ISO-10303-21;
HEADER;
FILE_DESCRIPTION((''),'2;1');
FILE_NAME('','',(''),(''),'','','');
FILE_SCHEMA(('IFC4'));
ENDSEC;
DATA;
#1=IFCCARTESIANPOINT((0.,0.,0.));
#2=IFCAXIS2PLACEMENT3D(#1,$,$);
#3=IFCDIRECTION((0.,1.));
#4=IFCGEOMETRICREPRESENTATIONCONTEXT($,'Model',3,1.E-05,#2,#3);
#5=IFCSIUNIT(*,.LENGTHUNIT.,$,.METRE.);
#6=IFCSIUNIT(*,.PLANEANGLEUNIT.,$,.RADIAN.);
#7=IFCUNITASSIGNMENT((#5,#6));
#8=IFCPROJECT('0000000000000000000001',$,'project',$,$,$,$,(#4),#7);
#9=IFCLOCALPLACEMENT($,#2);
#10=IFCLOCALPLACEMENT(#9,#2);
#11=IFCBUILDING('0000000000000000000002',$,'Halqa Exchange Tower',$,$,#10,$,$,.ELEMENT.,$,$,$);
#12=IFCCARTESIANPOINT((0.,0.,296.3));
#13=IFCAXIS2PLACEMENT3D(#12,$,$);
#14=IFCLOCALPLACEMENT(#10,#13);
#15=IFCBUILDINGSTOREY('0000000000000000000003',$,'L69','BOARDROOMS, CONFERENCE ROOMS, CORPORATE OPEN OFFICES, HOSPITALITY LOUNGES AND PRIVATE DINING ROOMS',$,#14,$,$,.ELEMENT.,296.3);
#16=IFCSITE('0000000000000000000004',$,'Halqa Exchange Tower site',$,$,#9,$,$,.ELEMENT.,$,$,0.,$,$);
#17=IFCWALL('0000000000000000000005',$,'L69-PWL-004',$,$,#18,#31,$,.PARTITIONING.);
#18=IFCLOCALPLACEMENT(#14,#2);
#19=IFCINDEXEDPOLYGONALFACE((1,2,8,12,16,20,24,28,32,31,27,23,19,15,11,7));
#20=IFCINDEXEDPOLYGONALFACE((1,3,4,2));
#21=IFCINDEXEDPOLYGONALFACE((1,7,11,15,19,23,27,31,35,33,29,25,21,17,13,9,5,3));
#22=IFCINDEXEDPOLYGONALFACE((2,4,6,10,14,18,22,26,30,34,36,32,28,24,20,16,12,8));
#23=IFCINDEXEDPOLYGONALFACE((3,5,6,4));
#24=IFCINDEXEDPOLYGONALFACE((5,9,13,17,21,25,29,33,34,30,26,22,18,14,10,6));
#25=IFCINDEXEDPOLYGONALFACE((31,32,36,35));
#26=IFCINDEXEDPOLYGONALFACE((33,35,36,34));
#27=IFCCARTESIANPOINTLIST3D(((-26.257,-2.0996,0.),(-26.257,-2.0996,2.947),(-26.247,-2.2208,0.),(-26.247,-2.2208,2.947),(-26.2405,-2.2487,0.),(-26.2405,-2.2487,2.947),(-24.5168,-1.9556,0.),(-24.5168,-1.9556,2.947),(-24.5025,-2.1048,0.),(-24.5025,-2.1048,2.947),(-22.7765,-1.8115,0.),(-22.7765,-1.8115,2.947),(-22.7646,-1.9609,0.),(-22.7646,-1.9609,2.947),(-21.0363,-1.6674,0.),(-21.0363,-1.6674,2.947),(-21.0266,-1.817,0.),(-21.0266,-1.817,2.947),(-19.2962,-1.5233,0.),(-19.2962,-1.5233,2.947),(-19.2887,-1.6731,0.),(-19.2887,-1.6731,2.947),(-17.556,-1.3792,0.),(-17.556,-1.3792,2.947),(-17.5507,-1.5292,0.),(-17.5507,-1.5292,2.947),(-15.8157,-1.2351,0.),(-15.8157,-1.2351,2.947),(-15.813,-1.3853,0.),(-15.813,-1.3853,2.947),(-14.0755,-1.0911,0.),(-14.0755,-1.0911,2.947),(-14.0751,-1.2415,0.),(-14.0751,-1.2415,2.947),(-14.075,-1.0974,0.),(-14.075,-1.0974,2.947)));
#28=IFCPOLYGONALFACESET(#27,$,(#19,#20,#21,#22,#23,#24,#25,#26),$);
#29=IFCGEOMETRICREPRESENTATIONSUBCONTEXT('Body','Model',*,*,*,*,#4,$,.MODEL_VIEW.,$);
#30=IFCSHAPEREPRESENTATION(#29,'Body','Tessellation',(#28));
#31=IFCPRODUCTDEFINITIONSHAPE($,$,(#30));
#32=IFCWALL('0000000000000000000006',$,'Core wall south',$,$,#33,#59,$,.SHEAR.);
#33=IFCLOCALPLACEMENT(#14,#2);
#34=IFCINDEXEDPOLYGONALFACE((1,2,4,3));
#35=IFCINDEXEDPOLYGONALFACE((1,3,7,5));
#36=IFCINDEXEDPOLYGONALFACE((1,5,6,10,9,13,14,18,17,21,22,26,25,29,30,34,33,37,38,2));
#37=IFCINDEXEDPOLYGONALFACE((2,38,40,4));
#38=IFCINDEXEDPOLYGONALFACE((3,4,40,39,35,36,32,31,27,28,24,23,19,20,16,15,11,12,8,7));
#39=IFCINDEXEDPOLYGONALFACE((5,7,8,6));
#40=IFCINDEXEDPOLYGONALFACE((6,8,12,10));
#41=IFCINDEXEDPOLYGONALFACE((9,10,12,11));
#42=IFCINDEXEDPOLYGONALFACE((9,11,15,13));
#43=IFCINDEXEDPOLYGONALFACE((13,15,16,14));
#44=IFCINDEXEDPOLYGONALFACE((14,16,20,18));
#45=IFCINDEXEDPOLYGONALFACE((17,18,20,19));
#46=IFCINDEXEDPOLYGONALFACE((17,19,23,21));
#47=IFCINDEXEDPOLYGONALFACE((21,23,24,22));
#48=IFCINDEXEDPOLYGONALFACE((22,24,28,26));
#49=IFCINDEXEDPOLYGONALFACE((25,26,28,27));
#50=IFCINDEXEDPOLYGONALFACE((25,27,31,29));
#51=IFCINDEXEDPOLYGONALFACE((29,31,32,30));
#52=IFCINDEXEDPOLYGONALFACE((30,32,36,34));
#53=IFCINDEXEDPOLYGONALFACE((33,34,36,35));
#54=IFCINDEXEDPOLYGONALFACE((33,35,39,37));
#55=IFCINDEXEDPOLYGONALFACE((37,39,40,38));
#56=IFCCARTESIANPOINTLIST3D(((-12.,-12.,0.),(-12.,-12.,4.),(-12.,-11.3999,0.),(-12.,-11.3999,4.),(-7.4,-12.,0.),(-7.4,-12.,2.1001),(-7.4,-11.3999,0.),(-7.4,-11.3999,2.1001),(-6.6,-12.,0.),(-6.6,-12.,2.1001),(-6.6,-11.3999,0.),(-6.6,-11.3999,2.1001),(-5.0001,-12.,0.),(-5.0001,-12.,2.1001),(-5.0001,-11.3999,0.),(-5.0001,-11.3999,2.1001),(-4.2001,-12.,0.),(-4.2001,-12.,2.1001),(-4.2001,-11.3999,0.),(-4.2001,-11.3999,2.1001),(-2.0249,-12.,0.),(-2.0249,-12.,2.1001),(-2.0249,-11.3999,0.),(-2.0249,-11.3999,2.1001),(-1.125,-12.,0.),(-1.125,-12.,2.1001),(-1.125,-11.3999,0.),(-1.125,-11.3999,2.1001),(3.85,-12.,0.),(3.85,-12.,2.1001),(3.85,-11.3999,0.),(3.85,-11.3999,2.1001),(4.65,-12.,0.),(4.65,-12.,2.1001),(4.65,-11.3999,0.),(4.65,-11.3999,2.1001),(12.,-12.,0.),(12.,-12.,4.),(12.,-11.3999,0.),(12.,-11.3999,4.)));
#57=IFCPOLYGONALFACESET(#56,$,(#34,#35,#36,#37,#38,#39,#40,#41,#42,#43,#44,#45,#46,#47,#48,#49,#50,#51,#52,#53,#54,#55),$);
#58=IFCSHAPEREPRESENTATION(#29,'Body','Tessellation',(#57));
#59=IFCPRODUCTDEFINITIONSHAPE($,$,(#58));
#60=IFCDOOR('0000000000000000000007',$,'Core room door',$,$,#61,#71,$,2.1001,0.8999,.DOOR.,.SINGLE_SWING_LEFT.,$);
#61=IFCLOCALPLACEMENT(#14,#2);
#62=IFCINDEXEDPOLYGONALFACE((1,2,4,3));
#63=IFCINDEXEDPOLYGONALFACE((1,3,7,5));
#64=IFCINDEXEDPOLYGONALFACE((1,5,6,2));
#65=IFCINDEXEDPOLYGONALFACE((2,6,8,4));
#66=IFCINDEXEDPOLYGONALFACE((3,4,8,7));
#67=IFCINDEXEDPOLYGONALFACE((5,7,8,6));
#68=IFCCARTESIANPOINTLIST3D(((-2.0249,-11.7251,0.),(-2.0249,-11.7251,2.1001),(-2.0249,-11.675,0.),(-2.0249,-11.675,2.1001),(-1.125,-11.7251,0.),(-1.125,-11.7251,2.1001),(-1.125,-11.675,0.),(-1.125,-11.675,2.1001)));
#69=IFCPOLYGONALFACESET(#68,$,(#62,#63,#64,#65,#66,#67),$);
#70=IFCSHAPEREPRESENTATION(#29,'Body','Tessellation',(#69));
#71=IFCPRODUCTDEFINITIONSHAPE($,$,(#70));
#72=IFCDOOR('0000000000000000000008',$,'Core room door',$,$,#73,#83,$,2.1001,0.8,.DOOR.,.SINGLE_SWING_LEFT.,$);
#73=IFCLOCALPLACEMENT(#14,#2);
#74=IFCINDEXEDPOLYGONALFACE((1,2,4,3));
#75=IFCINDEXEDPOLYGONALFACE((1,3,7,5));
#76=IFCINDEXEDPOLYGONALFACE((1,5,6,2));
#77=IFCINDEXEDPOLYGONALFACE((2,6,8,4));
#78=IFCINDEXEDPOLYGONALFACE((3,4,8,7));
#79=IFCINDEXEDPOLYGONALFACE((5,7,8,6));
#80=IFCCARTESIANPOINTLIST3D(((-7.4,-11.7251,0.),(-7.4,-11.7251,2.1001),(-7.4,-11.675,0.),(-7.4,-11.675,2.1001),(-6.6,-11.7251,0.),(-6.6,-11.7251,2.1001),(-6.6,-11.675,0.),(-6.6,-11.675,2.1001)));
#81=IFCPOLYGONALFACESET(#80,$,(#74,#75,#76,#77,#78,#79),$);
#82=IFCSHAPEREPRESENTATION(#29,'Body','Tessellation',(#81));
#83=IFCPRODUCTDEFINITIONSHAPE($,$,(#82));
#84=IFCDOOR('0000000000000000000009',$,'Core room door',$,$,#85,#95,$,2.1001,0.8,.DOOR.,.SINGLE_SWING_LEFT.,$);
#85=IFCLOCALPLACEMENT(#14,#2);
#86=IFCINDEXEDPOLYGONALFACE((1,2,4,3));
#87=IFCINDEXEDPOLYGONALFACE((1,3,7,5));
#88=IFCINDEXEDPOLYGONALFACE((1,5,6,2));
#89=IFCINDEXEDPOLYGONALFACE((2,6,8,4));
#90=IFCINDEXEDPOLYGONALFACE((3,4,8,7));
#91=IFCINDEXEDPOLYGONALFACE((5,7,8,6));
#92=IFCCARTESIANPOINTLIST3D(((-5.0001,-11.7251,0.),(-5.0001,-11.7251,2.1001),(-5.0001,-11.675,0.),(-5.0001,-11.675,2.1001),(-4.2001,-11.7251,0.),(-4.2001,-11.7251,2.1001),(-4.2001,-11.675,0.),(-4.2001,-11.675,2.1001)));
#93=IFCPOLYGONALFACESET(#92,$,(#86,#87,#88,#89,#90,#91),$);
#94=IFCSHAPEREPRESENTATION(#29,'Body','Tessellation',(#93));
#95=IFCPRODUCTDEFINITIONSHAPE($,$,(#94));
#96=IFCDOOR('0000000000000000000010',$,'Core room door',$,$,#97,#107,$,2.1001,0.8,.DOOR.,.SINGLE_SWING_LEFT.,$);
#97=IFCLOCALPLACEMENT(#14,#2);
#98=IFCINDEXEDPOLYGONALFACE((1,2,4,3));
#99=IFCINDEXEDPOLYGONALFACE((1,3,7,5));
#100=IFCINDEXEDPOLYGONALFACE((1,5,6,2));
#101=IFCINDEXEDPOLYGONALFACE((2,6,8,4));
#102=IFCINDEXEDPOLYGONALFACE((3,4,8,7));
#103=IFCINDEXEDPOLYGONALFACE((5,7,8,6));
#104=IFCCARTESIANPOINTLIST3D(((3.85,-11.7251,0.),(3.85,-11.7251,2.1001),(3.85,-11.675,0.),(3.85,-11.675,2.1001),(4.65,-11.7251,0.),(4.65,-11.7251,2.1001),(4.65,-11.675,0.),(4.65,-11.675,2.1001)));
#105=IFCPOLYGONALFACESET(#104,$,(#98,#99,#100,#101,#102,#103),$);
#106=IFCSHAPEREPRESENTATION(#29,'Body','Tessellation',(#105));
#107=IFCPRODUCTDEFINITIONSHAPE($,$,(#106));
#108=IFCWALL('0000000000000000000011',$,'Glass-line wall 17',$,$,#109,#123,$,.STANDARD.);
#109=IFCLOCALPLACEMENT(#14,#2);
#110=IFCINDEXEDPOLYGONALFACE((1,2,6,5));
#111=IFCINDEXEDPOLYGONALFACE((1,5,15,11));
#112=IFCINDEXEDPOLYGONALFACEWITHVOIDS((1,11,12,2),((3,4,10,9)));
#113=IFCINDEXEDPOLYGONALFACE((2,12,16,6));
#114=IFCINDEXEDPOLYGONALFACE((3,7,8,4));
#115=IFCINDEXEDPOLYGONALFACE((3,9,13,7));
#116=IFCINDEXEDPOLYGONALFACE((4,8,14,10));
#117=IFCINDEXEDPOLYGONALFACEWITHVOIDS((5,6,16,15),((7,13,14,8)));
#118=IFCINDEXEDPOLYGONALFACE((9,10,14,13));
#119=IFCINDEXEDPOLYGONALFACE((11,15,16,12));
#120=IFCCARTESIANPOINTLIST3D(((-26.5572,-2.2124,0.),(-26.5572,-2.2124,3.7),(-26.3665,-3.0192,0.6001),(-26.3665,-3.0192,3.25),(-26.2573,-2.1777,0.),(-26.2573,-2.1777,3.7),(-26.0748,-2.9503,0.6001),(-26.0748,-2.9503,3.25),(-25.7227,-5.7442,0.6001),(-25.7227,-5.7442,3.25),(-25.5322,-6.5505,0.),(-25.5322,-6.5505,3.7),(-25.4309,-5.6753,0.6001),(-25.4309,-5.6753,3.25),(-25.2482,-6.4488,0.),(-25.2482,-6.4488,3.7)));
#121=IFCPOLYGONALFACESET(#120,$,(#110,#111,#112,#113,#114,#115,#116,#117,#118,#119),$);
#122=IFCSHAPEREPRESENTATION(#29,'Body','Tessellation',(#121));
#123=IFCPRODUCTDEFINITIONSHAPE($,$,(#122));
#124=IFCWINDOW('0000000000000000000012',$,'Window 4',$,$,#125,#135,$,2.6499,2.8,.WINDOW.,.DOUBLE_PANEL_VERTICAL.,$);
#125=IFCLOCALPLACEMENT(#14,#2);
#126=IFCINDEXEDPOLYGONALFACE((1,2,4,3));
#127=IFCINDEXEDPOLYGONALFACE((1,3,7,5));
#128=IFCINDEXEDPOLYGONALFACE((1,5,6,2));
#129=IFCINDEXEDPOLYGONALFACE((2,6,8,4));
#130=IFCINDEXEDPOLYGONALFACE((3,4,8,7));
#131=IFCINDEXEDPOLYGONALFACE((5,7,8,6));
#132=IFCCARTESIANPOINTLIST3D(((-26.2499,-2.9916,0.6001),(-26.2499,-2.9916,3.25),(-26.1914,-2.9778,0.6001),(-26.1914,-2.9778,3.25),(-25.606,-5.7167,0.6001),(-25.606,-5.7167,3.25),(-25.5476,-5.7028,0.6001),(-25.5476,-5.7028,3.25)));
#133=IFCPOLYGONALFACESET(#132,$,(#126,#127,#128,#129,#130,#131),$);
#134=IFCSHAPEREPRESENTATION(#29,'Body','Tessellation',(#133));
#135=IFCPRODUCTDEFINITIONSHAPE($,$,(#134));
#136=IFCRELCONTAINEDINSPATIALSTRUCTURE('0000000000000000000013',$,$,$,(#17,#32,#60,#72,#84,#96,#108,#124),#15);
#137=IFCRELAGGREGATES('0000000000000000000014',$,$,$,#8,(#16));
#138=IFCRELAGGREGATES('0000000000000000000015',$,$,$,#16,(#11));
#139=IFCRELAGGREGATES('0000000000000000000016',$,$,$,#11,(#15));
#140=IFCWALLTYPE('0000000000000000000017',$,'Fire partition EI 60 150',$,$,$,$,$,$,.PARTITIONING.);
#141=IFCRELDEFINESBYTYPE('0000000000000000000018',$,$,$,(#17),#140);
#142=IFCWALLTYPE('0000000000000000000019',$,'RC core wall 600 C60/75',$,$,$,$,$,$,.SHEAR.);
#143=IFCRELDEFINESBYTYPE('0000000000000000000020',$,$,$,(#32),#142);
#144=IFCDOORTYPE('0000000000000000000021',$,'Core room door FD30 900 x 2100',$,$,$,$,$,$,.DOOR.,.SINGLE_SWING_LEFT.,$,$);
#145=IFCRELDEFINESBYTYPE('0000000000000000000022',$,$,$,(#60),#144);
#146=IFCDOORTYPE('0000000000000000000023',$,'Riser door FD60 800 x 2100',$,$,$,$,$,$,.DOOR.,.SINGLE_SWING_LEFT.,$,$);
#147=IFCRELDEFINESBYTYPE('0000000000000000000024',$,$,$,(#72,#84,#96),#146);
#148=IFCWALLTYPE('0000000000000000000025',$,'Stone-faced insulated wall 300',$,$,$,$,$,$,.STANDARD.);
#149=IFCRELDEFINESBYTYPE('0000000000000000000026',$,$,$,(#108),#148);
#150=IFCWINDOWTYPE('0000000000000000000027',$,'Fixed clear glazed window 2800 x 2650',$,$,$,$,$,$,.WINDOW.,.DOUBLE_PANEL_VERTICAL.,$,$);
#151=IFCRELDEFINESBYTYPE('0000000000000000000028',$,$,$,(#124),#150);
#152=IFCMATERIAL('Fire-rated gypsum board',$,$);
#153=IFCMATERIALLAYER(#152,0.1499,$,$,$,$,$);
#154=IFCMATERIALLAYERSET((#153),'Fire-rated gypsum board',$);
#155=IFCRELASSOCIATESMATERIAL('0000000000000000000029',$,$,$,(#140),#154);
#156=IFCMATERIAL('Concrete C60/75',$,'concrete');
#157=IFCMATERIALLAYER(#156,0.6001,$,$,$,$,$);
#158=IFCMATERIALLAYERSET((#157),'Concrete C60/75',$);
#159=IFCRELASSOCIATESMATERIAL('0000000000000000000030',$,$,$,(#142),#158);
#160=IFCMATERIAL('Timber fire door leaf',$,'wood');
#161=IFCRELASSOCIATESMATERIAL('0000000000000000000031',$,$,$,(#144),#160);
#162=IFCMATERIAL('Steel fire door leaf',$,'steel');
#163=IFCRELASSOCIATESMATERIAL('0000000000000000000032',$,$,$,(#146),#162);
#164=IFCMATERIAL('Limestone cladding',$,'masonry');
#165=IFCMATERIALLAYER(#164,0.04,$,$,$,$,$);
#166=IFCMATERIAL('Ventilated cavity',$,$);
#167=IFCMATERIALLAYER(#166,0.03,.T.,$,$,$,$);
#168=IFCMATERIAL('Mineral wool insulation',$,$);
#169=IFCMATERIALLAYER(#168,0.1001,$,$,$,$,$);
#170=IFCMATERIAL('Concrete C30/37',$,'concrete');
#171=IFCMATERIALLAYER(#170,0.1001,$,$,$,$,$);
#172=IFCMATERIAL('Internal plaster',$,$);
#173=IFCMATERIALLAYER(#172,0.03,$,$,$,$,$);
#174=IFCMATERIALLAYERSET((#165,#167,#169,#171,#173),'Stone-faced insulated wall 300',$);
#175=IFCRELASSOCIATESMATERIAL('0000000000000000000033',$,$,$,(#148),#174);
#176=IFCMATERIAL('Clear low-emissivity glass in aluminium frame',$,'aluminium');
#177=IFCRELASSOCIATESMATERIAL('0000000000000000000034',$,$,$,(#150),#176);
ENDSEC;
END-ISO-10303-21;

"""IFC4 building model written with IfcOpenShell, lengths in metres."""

from ifc_helpers import new_model, si_unit, direction, frame, frame_2d, origin, place, context, subcontext, project, spatial, polyline, rectangle, outline, extrude, material, layer, layer_set, type_object, element, fill, save


model = new_model("IFC4")

# Units and contexts
model_context = context("Model", 3, precision=1e-05, world=origin(), true_north=direction((0.0, 1.0)))
body_context = subcontext(model_context, "Body", "Model", "MODEL_VIEW")
ifc_project = project(units=[si_unit("LENGTHUNIT", "METRE"), si_unit("PLANEANGLEUNIT", "RADIAN")], contexts=[model_context])

# Site, building, storey
site_placement = place(None, origin())
site = spatial("IfcSite", under=ifc_project, at=site_placement, Name="Halqa Exchange Tower site", CompositionType="ELEMENT", RefElevation=0.0)
building_placement = place(site_placement, origin())
building = spatial("IfcBuilding", under=site, at=building_placement, Name="Halqa Exchange Tower", CompositionType="ELEMENT")
storey_placement = place(building_placement, frame((0.0, 0.0, 296.3)))
storey = spatial("IfcBuildingStorey", under=building, at=storey_placement, Name="L69", Description="BOARDROOMS, CONFERENCE ROOMS, CORPORATE OPEN OFFICES, HOSPITALITY LOUNGES AND PRIVATE DINING ROOMS", CompositionType="ELEMENT", Elevation=296.3)

# Shared definitions
ifc_material_1 = material(Name="Concrete C60/75", Category="concrete")

# Wall
ifc_material_2 = material(Name="Fire-rated gypsum board")
ifc_layer_1 = layer(ifc_material_2, 0.1499)
ifc_layer_set_1 = layer_set([ifc_layer_1], Name="Fire-rated gypsum board")
wall_type_1 = type_object("IfcWallType", Name="Fire partition EI 60 150", PredefinedType="PARTITIONING", material=ifc_layer_set_1)
wall_1_placement = place(storey_placement, frame((-14.0693, -1.1658, 0.0), z_axis=(0.0, 0.0, 1.0), x_axis=(-0.99659, -0.082512, 0.0)))
element("IfcWall", 1, at=wall_1_placement, inside=storey, type_object=wall_type_1, Name="L69-PWL-004", PredefinedType="PARTITIONING", context=body_context, shape_type="SweptSolid", body=[
    extrude(outline(polyline([(12.2231, -0.075), (12.2231, 0.0466), (12.219, 0.075), (10.4751, 0.075), (8.7312, 0.075), (6.9873, 0.075), (5.2434, 0.075), (3.4995, 0.075), (1.7559, 0.075), (0.012, 0.075), (0.0, -0.0686), (0.0, -0.075), (1.7461, -0.075), (3.4924, -0.075), (5.2385, -0.075), (6.9846, -0.075), (8.7307, -0.075), (10.4771, -0.075), (12.2231, -0.075)])), origin(), (0.0, 0.0, 1.0), 2.947),
])

# Wall, openings, doors
ifc_layer_2 = layer(ifc_material_1, 0.6001)
ifc_layer_set_2 = layer_set([ifc_layer_2], Name="Concrete C60/75")
wall_type_2 = type_object("IfcWallType", Name="RC core wall 600 C60/75", PredefinedType="SHEAR", material=ifc_layer_set_2)
wall_2_placement = place(storey_placement, frame((-12.0, -11.7, 0.0), z_axis=(0.0, 0.0, 1.0), x_axis=(1.0, 0.0, 0.0)))
wall_2 = element("IfcWall", 2, at=wall_2_placement, inside=storey, type_object=wall_type_2, Name="Core wall south", PredefinedType="SHEAR", context=body_context, shape_type="SweptSolid", body=[
    extrude(rectangle(XDim=24.0, YDim=0.6001, at=frame_2d((12.0, 0.0))), origin(), (0.0, 0.0, 1.0), 4.0),
])
opening_1_placement = place(wall_2_placement, frame((9.9751, 0.0, 0.0)))
opening_1 = element("IfcOpeningElement", 3, at=opening_1_placement, cuts=wall_2, PredefinedType="OPENING", context=body_context, shape_type="SweptSolid", body=[
    extrude(rectangle(XDim=0.8999, YDim=2.1001, at=frame_2d((0.45, 1.05))), frame((0.0, 0.312, 0.0), z_axis=(0.0, -1.0, 0.0), x_axis=(1.0, 0.0, 0.0)), (0.0, 0.0, 1.0), 0.624),
])
opening_2_placement = place(wall_2_placement, frame((4.6001, 0.0, 0.0)))
opening_2 = element("IfcOpeningElement", 4, at=opening_2_placement, cuts=wall_2, PredefinedType="OPENING", context=body_context, shape_type="SweptSolid", body=[
    extrude(rectangle(XDim=0.8, YDim=2.1001, at=frame_2d((0.3999, 1.05))), frame((0.0, 0.312, 0.0), z_axis=(0.0, -1.0, 0.0), x_axis=(1.0, 0.0, 0.0)), (0.0, 0.0, 1.0), 0.624),
])
opening_3_placement = place(wall_2_placement, frame((7.0, 0.0, 0.0)))
opening_3 = element("IfcOpeningElement", 5, at=opening_3_placement, cuts=wall_2, PredefinedType="OPENING", context=body_context, shape_type="SweptSolid", body=[
    extrude(rectangle(XDim=0.8, YDim=2.1001, at=frame_2d((0.3999, 1.05))), frame((0.0, 0.312, 0.0), z_axis=(0.0, -1.0, 0.0), x_axis=(1.0, 0.0, 0.0)), (0.0, 0.0, 1.0), 0.624),
])
opening_4_placement = place(wall_2_placement, frame((15.8501, 0.0, 0.0)))
opening_4 = element("IfcOpeningElement", 6, at=opening_4_placement, cuts=wall_2, PredefinedType="OPENING", context=body_context, shape_type="SweptSolid", body=[
    extrude(rectangle(XDim=0.8, YDim=2.1001, at=frame_2d((0.3999, 1.05))), frame((0.0, 0.312, 0.0), z_axis=(0.0, -1.0, 0.0), x_axis=(1.0, 0.0, 0.0)), (0.0, 0.0, 1.0), 0.624),
])
ifc_material_3 = material(Name="Timber fire door leaf", Category="wood")
door_type_1 = type_object("IfcDoorType", Name="Core room door FD30 900 x 2100", OperationType="SINGLE_SWING_LEFT", PredefinedType="DOOR", material=ifc_material_3)
door_1_placement = place(opening_1_placement, origin())
door_1 = element("IfcDoor", 7, at=door_1_placement, inside=storey, type_object=door_type_1, Name="Core room door", OperationType="SINGLE_SWING_LEFT", OverallHeight=2.1001, OverallWidth=0.8999, PredefinedType="DOOR", context=body_context, shape_type="SweptSolid", body=[
    extrude(rectangle(XDim=0.8999, YDim=2.1001, at=frame_2d((0.45, 1.05))), frame((0.0, 0.0249, 0.0), z_axis=(0.0, -1.0, 0.0), x_axis=(1.0, 0.0, 0.0)), (0.0, 0.0, 1.0), 0.05),
])
fill(opening_1, door_1)
ifc_material_4 = material(Name="Steel fire door leaf", Category="steel")
door_type_2 = type_object("IfcDoorType", Name="Riser door FD60 800 x 2100", OperationType="SINGLE_SWING_LEFT", PredefinedType="DOOR", material=ifc_material_4)
door_2_placement = place(opening_2_placement, origin())
door_2 = element("IfcDoor", 8, at=door_2_placement, inside=storey, type_object=door_type_2, Name="Core room door", OperationType="SINGLE_SWING_LEFT", OverallHeight=2.1001, OverallWidth=0.8, PredefinedType="DOOR", context=body_context, shape_type="SweptSolid", body=[
    extrude(rectangle(XDim=0.8, YDim=2.1001, at=frame_2d((0.3999, 1.05))), frame((0.0, 0.0249, 0.0), z_axis=(0.0, -1.0, 0.0), x_axis=(1.0, 0.0, 0.0)), (0.0, 0.0, 1.0), 0.05),
])
fill(opening_2, door_2)
door_3_placement = place(opening_3_placement, origin())
door_3 = element("IfcDoor", 9, at=door_3_placement, inside=storey, type_object=door_type_2, Name="Core room door", OperationType="SINGLE_SWING_LEFT", OverallHeight=2.1001, OverallWidth=0.8, PredefinedType="DOOR", context=body_context, shape_type="SweptSolid", body=[
    extrude(rectangle(XDim=0.8, YDim=2.1001, at=frame_2d((0.3999, 1.05))), frame((0.0, 0.0249, 0.0), z_axis=(0.0, -1.0, 0.0), x_axis=(1.0, 0.0, 0.0)), (0.0, 0.0, 1.0), 0.05),
])
fill(opening_3, door_3)
door_4_placement = place(opening_4_placement, origin())
door_4 = element("IfcDoor", 10, at=door_4_placement, inside=storey, type_object=door_type_2, Name="Core room door", OperationType="SINGLE_SWING_LEFT", OverallHeight=2.1001, OverallWidth=0.8, PredefinedType="DOOR", context=body_context, shape_type="SweptSolid", body=[
    extrude(rectangle(XDim=0.8, YDim=2.1001, at=frame_2d((0.3999, 1.05))), frame((0.0, 0.0249, 0.0), z_axis=(0.0, -1.0, 0.0), x_axis=(1.0, 0.0, 0.0)), (0.0, 0.0, 1.0), 0.05),
])
fill(opening_4, door_4)

# Wall, opening, window
ifc_material_5 = material(Name="Limestone cladding", Category="masonry")
ifc_layer_3 = layer(ifc_material_5, 0.04)
ifc_material_6 = material(Name="Ventilated cavity")
ifc_layer_4 = layer(ifc_material_6, 0.03, ventilated=True)
ifc_material_7 = material(Name="Mineral wool insulation")
ifc_layer_5 = layer(ifc_material_7, 0.1001)
ifc_material_8 = material(Name="Concrete C30/37", Category="concrete")
ifc_layer_6 = layer(ifc_material_8, 0.1001)
ifc_material_9 = material(Name="Internal plaster")
ifc_layer_7 = layer(ifc_material_9, 0.03)
ifc_layer_set_3 = layer_set([ifc_layer_3, ifc_layer_4, ifc_layer_5, ifc_layer_6, ifc_layer_7], Name="Stone-faced insulated wall 300")
wall_type_3 = type_object("IfcWallType", Name="Stone-faced insulated wall 300", PredefinedType="STANDARD", material=ifc_layer_set_3)
wall_3_placement = place(storey_placement, frame((-26.4072, -2.1951, 0.0), z_axis=(0.0, 0.0, 1.0), x_axis=(0.229944, -0.973204, 0.0)))
wall_3 = element("IfcWall", 11, at=wall_3_placement, inside=storey, type_object=wall_type_3, Name="Glass-line wall 17", PredefinedType="STANDARD", context=body_context, shape_type="SweptSolid", body=[
    extrude(outline(polyline([(-0.0176, -0.1499), (4.4399, -0.1499), (4.4062, 0.1499), (0.0176, 0.1499), (-0.0176, -0.1499)])), origin(), (0.0, 0.0, 1.0), 3.7),
])
opening_5_placement = place(wall_3_placement, frame((0.8115, 0.0, 0.6001)))
opening_5 = element("IfcOpeningElement", 12, at=opening_5_placement, cuts=wall_3, PredefinedType="OPENING", context=body_context, shape_type="SweptSolid", body=[
    extrude(rectangle(XDim=2.8, YDim=2.6499, at=frame_2d((1.3999, 1.325))), frame((0.0, 0.1621, 0.0), z_axis=(0.0, -1.0, 0.0), x_axis=(1.0, 0.0, 0.0)), (0.0, 0.0, 1.0), 0.324),
])
ifc_material_10 = material(Name="Clear low-emissivity glass in aluminium frame", Category="aluminium")
window_type = type_object("IfcWindowType", Name="Fixed clear glazed window 2800 x 2650", PartitioningType="DOUBLE_PANEL_VERTICAL", PredefinedType="WINDOW", material=ifc_material_10)
window_1_placement = place(opening_5_placement, origin())
window_1 = element("IfcWindow", 13, at=window_1_placement, inside=storey, type_object=window_type, Name="Window 4", OverallHeight=2.6499, OverallWidth=2.8, PartitioningType="DOUBLE_PANEL_VERTICAL", PredefinedType="WINDOW", context=body_context, shape_type="SweptSolid", body=[
    extrude(rectangle(XDim=2.8, YDim=2.6499, at=frame_2d((1.3999, 1.325))), frame((0.0, 0.03, 0.0), z_axis=(0.0, -1.0, 0.0), x_axis=(1.0, 0.0, 0.0)), (0.0, 0.0, 1.0), 0.0601),
])
fill(opening_5, window_1)

save(model, "model.ifc")
